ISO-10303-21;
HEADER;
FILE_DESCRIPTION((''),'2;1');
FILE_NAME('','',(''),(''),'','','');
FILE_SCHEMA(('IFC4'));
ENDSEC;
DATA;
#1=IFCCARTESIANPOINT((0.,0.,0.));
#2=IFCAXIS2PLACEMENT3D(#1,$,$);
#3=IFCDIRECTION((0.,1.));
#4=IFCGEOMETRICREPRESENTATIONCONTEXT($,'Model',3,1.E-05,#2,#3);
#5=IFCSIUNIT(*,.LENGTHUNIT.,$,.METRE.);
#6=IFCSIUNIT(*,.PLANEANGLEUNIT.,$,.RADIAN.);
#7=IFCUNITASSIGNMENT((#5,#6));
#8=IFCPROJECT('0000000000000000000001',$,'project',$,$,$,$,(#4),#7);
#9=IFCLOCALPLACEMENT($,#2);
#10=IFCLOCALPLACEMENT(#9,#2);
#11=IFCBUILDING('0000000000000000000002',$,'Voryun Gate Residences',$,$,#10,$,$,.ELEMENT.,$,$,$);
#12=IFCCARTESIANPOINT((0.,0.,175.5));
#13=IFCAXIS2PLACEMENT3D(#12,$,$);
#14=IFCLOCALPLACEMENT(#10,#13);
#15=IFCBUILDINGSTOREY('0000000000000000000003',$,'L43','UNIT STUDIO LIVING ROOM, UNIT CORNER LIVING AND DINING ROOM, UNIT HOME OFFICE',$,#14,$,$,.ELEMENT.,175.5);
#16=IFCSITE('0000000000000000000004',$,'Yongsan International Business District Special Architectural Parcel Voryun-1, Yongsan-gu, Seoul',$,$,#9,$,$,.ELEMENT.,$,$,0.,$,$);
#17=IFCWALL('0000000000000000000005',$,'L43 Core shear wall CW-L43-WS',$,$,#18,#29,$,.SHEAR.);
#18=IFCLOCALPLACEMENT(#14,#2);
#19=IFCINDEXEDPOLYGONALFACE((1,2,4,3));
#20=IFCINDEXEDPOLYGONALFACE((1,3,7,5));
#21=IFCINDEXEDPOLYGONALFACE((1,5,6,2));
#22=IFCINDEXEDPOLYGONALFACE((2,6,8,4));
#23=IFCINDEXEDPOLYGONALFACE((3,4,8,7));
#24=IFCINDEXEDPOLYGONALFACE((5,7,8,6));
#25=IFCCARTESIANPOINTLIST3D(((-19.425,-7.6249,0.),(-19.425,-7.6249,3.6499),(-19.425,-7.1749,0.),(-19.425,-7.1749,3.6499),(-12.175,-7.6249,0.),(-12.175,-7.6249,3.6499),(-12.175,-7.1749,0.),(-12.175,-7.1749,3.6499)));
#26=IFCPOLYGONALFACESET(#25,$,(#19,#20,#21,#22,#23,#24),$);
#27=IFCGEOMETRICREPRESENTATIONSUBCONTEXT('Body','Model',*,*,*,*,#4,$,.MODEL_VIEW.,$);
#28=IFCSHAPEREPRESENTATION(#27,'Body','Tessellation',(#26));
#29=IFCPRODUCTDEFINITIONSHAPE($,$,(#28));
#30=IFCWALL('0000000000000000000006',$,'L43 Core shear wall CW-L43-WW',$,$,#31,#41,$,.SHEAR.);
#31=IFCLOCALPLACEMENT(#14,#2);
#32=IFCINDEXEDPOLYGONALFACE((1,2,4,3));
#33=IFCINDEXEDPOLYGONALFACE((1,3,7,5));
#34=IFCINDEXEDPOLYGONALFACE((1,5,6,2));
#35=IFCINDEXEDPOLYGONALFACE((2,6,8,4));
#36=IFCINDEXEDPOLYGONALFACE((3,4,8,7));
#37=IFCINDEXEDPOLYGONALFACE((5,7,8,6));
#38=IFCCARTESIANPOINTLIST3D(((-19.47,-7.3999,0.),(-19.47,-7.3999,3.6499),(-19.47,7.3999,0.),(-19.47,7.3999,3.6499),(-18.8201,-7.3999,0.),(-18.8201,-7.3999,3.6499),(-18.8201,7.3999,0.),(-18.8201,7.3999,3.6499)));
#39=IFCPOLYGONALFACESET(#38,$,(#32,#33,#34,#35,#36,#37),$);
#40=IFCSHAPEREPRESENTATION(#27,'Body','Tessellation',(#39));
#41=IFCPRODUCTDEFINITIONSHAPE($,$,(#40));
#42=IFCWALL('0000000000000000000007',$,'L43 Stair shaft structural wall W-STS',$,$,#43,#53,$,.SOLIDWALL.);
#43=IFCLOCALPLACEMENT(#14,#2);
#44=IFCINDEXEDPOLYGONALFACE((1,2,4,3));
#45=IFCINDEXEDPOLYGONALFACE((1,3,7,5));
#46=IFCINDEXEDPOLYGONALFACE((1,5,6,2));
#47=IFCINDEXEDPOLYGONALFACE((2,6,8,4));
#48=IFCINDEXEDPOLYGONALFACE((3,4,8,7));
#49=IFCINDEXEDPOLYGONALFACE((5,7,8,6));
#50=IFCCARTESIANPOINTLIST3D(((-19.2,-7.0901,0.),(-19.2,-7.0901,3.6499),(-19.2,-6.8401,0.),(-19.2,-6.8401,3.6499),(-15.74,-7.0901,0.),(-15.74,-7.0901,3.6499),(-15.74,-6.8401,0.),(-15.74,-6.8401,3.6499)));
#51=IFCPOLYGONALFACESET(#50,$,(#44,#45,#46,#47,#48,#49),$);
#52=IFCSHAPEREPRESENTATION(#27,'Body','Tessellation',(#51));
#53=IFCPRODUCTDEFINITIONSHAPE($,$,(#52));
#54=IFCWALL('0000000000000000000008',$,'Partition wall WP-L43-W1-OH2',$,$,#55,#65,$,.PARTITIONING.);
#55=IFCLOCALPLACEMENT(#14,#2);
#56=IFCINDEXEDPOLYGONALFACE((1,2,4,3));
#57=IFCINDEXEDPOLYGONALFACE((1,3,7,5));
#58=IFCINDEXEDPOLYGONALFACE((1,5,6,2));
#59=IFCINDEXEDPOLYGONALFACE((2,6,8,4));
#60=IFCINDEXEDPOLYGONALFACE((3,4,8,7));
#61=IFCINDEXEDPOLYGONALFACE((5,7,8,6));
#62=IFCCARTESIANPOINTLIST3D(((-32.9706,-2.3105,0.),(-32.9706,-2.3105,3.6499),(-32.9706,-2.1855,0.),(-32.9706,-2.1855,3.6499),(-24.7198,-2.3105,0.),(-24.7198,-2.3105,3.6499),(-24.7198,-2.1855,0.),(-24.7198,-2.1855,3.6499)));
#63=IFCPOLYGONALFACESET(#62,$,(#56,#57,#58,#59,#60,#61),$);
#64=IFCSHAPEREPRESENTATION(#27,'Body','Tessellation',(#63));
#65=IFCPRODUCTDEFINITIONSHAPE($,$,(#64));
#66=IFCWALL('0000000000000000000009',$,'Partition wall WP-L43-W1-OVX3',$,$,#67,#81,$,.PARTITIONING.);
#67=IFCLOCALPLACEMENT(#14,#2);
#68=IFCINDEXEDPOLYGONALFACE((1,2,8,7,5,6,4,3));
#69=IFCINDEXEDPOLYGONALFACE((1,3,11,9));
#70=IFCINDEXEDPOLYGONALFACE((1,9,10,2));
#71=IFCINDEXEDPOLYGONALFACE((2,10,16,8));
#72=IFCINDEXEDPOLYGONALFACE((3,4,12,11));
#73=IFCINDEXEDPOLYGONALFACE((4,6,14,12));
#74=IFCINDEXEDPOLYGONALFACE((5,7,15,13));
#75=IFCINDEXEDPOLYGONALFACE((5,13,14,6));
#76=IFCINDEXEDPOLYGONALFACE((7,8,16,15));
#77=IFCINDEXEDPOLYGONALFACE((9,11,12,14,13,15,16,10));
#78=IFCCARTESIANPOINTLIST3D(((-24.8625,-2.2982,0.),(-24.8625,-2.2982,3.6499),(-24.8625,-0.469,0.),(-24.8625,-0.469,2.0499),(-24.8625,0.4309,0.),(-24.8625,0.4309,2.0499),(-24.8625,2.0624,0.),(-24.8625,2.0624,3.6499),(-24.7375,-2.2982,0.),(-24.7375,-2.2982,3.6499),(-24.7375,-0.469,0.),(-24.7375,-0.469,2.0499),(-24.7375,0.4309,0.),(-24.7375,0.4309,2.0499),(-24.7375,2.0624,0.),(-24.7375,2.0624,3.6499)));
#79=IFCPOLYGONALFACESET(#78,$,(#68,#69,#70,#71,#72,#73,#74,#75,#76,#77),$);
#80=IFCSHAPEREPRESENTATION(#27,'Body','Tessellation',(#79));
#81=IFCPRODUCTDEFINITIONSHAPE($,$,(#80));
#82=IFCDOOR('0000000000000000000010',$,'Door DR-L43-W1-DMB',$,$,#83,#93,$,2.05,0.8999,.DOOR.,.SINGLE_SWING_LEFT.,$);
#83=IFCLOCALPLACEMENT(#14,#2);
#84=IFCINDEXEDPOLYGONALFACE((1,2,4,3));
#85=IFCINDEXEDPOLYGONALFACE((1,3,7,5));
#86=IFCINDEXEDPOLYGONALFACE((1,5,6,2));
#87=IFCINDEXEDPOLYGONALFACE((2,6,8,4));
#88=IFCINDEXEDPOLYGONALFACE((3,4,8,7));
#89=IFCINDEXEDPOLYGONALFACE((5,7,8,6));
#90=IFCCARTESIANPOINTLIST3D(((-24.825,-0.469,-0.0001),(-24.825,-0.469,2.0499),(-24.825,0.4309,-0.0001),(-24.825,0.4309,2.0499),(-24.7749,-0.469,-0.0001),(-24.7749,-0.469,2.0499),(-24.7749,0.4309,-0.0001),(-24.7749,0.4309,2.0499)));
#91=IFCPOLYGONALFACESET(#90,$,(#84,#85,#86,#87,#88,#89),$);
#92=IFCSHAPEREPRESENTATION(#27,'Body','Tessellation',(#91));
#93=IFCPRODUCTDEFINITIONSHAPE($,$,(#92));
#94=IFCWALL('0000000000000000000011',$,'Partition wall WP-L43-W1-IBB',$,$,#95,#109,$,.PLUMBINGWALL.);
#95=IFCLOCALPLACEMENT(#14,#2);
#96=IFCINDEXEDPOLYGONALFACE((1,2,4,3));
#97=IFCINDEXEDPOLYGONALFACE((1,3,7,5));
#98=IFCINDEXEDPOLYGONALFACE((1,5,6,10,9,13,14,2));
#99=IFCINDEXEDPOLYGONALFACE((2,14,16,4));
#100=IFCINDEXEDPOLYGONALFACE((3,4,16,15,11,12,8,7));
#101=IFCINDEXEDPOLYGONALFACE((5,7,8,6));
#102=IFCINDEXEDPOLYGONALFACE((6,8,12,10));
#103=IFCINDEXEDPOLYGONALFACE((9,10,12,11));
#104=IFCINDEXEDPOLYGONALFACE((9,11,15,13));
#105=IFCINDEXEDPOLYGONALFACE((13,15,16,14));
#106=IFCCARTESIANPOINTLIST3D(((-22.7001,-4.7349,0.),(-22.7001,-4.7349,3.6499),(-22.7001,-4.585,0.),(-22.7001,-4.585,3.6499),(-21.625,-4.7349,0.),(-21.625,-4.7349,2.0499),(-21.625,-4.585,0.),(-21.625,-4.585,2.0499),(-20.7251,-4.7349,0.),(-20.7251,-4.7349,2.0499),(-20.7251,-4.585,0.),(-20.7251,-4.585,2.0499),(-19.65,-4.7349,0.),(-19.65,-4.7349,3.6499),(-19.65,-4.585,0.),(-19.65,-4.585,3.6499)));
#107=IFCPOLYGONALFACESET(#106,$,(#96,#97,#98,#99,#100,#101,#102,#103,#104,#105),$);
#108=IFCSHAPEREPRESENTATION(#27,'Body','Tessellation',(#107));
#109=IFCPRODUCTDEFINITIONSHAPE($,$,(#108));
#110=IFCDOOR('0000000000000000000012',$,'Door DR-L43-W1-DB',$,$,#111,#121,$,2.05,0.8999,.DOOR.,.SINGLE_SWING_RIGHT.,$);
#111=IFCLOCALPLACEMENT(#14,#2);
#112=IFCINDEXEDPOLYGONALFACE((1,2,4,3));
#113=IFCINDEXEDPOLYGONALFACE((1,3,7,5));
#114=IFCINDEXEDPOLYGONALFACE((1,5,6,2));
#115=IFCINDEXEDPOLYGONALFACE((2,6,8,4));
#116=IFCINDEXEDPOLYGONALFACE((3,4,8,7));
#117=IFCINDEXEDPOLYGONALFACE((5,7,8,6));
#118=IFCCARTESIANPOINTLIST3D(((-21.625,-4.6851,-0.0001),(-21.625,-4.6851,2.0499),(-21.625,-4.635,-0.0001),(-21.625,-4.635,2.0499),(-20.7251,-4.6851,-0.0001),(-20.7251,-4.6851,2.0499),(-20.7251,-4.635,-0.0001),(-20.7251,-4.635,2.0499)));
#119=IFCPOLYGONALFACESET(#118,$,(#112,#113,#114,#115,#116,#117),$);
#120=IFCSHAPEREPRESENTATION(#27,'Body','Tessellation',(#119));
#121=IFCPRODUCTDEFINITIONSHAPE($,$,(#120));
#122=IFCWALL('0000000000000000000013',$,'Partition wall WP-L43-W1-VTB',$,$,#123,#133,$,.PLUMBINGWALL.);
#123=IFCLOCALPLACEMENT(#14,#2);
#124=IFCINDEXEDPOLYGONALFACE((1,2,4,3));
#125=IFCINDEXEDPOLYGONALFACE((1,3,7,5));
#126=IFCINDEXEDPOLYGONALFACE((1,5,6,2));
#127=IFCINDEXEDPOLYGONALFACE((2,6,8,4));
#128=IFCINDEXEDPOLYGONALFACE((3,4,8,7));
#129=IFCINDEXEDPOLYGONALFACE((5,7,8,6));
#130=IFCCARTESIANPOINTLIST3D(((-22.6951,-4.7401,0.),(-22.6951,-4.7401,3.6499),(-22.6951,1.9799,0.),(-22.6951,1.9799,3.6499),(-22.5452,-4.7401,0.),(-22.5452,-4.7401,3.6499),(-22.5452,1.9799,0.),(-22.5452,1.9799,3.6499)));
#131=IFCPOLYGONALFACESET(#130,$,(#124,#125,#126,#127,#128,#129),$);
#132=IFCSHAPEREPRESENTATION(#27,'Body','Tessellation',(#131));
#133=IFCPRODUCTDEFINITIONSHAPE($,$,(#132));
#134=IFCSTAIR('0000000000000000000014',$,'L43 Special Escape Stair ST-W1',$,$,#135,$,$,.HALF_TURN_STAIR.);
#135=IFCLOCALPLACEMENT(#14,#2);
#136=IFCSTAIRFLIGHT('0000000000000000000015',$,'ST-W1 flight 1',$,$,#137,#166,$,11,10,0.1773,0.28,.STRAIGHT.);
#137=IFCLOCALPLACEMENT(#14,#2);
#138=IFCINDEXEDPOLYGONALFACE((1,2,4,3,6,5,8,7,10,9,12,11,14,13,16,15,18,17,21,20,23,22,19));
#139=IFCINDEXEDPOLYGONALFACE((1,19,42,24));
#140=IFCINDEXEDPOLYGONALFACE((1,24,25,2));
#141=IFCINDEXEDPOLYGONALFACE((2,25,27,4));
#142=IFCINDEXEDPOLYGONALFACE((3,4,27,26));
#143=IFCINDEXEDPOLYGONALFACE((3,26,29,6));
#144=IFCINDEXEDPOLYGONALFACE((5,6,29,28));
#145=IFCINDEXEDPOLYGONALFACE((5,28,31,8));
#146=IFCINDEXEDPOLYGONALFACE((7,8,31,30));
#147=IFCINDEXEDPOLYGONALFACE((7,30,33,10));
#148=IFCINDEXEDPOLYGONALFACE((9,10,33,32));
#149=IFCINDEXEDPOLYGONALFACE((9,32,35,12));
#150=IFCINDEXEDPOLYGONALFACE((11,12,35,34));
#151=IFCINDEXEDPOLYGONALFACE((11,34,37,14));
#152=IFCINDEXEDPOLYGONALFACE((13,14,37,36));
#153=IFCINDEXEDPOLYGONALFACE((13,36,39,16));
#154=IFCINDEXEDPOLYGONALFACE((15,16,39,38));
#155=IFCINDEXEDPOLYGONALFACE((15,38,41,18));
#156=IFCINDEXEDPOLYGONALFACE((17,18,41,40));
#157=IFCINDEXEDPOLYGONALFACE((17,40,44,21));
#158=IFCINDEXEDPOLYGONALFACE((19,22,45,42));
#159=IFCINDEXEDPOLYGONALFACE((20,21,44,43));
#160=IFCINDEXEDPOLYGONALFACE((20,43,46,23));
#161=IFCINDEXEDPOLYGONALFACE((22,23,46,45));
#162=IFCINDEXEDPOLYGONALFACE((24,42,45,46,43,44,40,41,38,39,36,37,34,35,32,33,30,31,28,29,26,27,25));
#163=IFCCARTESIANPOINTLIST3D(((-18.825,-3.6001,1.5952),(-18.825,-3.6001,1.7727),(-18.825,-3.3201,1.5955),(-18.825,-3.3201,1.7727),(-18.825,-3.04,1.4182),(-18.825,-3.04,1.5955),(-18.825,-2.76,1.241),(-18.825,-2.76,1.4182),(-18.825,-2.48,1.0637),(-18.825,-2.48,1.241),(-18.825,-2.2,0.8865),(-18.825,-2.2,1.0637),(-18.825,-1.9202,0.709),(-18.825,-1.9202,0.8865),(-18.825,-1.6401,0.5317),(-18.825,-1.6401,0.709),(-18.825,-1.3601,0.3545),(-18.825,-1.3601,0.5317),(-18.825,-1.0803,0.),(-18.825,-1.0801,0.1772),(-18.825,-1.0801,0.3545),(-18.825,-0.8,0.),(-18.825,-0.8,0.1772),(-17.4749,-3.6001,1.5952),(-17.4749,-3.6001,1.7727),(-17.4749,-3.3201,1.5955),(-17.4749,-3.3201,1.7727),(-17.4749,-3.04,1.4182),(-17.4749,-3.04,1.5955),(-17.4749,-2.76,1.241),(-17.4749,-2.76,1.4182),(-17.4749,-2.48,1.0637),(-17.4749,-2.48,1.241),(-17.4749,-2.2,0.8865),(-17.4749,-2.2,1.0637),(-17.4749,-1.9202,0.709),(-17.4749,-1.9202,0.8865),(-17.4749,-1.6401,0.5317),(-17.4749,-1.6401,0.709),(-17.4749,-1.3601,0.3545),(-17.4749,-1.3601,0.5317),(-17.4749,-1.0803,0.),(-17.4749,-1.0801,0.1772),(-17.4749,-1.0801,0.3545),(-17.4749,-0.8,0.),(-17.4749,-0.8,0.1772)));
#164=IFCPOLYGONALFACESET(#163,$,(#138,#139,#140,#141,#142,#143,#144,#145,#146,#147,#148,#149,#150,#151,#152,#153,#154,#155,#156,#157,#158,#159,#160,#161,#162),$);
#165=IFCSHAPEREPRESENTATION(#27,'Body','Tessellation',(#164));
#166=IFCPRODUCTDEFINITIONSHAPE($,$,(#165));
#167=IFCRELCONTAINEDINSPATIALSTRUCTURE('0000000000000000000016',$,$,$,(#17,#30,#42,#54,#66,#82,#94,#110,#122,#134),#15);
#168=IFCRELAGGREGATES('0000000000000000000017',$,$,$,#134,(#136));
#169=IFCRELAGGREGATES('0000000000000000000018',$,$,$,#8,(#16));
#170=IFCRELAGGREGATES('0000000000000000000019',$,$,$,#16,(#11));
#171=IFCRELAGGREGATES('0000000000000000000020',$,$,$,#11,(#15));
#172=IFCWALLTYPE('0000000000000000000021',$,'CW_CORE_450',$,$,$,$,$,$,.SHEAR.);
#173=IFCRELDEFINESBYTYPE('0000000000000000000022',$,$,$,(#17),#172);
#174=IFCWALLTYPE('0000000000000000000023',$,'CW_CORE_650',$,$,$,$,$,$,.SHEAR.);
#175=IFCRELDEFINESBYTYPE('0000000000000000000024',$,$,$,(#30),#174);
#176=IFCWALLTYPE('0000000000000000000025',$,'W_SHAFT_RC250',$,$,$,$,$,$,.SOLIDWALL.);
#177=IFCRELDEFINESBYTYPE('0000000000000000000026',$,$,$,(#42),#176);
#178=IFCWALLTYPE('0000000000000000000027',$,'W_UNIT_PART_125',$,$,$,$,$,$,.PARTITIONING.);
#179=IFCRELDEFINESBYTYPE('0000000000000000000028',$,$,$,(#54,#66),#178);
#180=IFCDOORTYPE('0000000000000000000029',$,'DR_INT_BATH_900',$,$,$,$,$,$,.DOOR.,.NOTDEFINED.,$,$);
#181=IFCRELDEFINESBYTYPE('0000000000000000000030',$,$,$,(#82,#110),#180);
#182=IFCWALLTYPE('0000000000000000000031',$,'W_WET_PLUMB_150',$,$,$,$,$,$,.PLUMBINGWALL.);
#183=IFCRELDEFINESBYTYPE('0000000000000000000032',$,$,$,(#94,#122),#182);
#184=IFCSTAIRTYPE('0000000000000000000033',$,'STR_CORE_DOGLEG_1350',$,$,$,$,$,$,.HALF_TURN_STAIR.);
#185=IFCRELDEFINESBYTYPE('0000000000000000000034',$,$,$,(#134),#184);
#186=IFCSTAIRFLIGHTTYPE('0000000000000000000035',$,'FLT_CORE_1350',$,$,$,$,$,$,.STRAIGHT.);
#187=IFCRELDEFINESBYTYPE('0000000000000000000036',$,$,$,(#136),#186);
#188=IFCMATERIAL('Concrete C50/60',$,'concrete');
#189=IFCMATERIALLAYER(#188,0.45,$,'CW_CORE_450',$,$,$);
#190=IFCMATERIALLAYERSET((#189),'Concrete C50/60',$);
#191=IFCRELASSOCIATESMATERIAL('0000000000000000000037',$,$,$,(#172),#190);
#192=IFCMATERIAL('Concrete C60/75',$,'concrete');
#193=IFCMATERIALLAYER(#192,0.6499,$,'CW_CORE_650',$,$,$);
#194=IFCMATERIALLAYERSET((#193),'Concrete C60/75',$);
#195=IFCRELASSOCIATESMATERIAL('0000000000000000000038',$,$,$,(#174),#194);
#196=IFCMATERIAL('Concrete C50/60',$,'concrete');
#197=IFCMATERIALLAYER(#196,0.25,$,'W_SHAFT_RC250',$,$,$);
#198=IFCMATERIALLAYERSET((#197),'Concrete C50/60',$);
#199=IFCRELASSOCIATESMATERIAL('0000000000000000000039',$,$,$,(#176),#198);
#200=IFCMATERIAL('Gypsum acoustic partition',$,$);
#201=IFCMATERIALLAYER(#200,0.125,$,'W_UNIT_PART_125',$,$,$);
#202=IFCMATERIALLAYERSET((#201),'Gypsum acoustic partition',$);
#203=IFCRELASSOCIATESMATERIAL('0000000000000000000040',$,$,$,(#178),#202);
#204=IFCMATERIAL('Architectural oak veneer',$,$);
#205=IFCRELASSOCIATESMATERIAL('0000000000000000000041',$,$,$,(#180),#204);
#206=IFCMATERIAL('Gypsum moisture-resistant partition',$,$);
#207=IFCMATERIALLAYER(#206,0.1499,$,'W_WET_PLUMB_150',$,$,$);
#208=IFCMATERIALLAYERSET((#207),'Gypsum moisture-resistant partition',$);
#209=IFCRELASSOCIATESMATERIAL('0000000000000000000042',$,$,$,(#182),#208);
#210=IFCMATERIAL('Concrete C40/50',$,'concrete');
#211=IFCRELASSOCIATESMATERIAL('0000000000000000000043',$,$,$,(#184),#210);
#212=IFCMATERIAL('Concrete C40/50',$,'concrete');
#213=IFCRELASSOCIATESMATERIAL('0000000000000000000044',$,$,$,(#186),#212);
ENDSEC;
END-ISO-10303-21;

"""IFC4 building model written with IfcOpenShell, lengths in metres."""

from ifc_helpers import new_model, si_unit, direction, frame, frame_2d, origin, place, context, subcontext, project, spatial, polyline, rectangle, outline, extrude, material, layer, layer_set, type_object, element, fill, aggregate, save


model = new_model("IFC4")

# Units and contexts
model_context = context("Model", 3, precision=1e-05, world=origin(), true_north=direction((0.0, 1.0)))
body_context = subcontext(model_context, "Body", "Model", "MODEL_VIEW")
ifc_project = project(units=[si_unit("LENGTHUNIT", "METRE"), si_unit("PLANEANGLEUNIT", "RADIAN")], contexts=[model_context])

# Site, building, storey
site_placement = place(None, origin())
site = spatial("IfcSite", under=ifc_project, at=site_placement, Name="Yongsan International Business District Special Architectural Parcel Voryun-1, Yongsan-gu, Seoul", CompositionType="ELEMENT", RefElevation=0.0)
building_placement = place(site_placement, origin())
building = spatial("IfcBuilding", under=site, at=building_placement, Name="Voryun Gate Residences", CompositionType="ELEMENT")
storey_placement = place(building_placement, frame((0.0, 0.0, 175.5)))
storey = spatial("IfcBuildingStorey", under=building, at=storey_placement, Name="L43", Description="UNIT STUDIO LIVING ROOM, UNIT CORNER LIVING AND DINING ROOM, UNIT HOME OFFICE", CompositionType="ELEMENT", Elevation=175.5)

# Walls
ifc_material_1 = material(Name="Concrete C50/60", Category="concrete")
ifc_layer_1 = layer(ifc_material_1, 0.45, Name="CW_CORE_450")
ifc_layer_set_1 = layer_set([ifc_layer_1], Name="Concrete C50/60")
wall_type_1 = type_object("IfcWallType", Name="CW_CORE_450", PredefinedType="SHEAR", material=ifc_layer_set_1)
wall_1_placement = place(storey_placement, frame((-19.425, -7.3999, 0.0), z_axis=(0.0, 0.0, 1.0), x_axis=(1.0, 0.0, 0.0)))
element("IfcWall", 1, at=wall_1_placement, inside=storey, type_object=wall_type_1, Name="L43 Core shear wall CW-L43-WS", PredefinedType="SHEAR", context=body_context, shape_type="SweptSolid", body=[
    extrude(rectangle(XDim=7.25, YDim=0.45, at=frame_2d((3.625, 0.0))), origin(), (0.0, 0.0, 1.0), 3.6499),
])
ifc_material_2 = material(Name="Concrete C60/75", Category="concrete")
ifc_layer_2 = layer(ifc_material_2, 0.6499, Name="CW_CORE_650")
ifc_layer_set_2 = layer_set([ifc_layer_2], Name="Concrete C60/75")
wall_type_2 = type_object("IfcWallType", Name="CW_CORE_650", PredefinedType="SHEAR", material=ifc_layer_set_2)
wall_2_placement = place(storey_placement, frame((-19.145, -7.3999, 0.0), z_axis=(0.0, 0.0, 1.0), x_axis=(0.0, 1.0, 0.0)))
element("IfcWall", 2, at=wall_2_placement, inside=storey, type_object=wall_type_2, Name="L43 Core shear wall CW-L43-WW", PredefinedType="SHEAR", context=body_context, shape_type="SweptSolid", body=[
    extrude(rectangle(XDim=14.7998, YDim=0.6499, at=frame_2d((7.3999, 0.0))), origin(), (0.0, 0.0, 1.0), 3.6499),
])
ifc_material_3 = material(Name="Concrete C50/60", Category="concrete")
ifc_layer_3 = layer(ifc_material_3, 0.25, Name="W_SHAFT_RC250")
ifc_layer_set_3 = layer_set([ifc_layer_3], Name="Concrete C50/60")
wall_type_3 = type_object("IfcWallType", Name="W_SHAFT_RC250", PredefinedType="SOLIDWALL", material=ifc_layer_set_3)
wall_3_placement = place(storey_placement, frame((-19.2, -6.9651, 0.0), z_axis=(0.0, 0.0, 1.0), x_axis=(1.0, 0.0, 0.0)))
element("IfcWall", 3, at=wall_3_placement, inside=storey, type_object=wall_type_3, Name="L43 Stair shaft structural wall W-STS", PredefinedType="SOLIDWALL", context=body_context, shape_type="SweptSolid", body=[
    extrude(rectangle(XDim=3.46, YDim=0.25, at=frame_2d((1.73, 0.0))), origin(), (0.0, 0.0, 1.0), 3.6499),
])
ifc_material_4 = material(Name="Gypsum acoustic partition")
ifc_layer_4 = layer(ifc_material_4, 0.125, Name="W_UNIT_PART_125")
ifc_layer_set_4 = layer_set([ifc_layer_4], Name="Gypsum acoustic partition")
wall_type_4 = type_object("IfcWallType", Name="W_UNIT_PART_125", PredefinedType="PARTITIONING", material=ifc_layer_set_4)
wall_4_placement = place(storey_placement, frame((-32.9707, -2.248, 0.0), z_axis=(0.0, 0.0, 1.0), x_axis=(1.0, 0.0, 0.0)))
element("IfcWall", 4, at=wall_4_placement, inside=storey, type_object=wall_type_4, Name="Partition wall WP-L43-W1-OH2", PredefinedType="PARTITIONING", context=body_context, shape_type="SweptSolid", body=[
    extrude(rectangle(XDim=8.2507, YDim=0.125, at=frame_2d((4.1255, 0.0))), origin(), (0.0, 0.0, 1.0), 3.6499),
])

# Walls, openings, doors
wall_5_placement = place(storey_placement, frame((-24.8, -2.2981, 0.0), z_axis=(0.0, 0.0, 1.0), x_axis=(0.0, 1.0, 0.0)))
wall_5 = element("IfcWall", 5, at=wall_5_placement, inside=storey, type_object=wall_type_4, Name="Partition wall WP-L43-W1-OVX3", PredefinedType="PARTITIONING", context=body_context, shape_type="SweptSolid", body=[
    extrude(rectangle(XDim=4.3606, YDim=0.125, at=frame_2d((2.1802, 0.0))), origin(), (0.0, 0.0, 1.0), 3.6499),
])
opening_1_placement = place(wall_5_placement, frame((1.8291, 0.0, 0.0)))
opening_1 = element("IfcOpeningElement", 6, at=opening_1_placement, cuts=wall_5, PredefinedType="OPENING", context=body_context, shape_type="SweptSolid", body=[
    extrude(rectangle(XDim=0.8999, YDim=2.05, at=frame_2d((0.45, 1.0249))), frame((0.0, 0.0725, 0.0), z_axis=(0.0, -1.0, 0.0), x_axis=(1.0, 0.0, 0.0)), (0.0, 0.0, 1.0), 0.145),
])
ifc_material_5 = material(Name="Architectural oak veneer")
door_type = type_object("IfcDoorType", Name="DR_INT_BATH_900", OperationType="NOTDEFINED", PredefinedType="DOOR", material=ifc_material_5)
door_1_placement = place(opening_1_placement, origin())
door_1 = element("IfcDoor", 7, at=door_1_placement, inside=storey, type_object=door_type, Name="Door DR-L43-W1-DMB", OperationType="SINGLE_SWING_LEFT", OverallHeight=2.05, OverallWidth=0.8999, PredefinedType="DOOR", context=body_context, shape_type="SweptSolid", body=[
    extrude(rectangle(XDim=0.8999, YDim=2.05, at=frame_2d((0.45, 1.0249))), frame((0.0, 0.0249, 0.0), z_axis=(0.0, -1.0, 0.0), x_axis=(1.0, 0.0, 0.0)), (0.0, 0.0, 1.0), 0.05),
])
fill(opening_1, door_1)
ifc_material_6 = material(Name="Gypsum moisture-resistant partition")
ifc_layer_5 = layer(ifc_material_6, 0.1499, Name="W_WET_PLUMB_150")
ifc_layer_set_5 = layer_set([ifc_layer_5], Name="Gypsum moisture-resistant partition")
wall_type_5 = type_object("IfcWallType", Name="W_WET_PLUMB_150", PredefinedType="PLUMBINGWALL", material=ifc_layer_set_5)
wall_6_placement = place(storey_placement, frame((-22.7, -4.6599, 0.0), z_axis=(0.0, 0.0, 1.0), x_axis=(1.0, 0.0, 0.0)))
wall_6 = element("IfcWall", 8, at=wall_6_placement, inside=storey, type_object=wall_type_5, Name="Partition wall WP-L43-W1-IBB", PredefinedType="PLUMBINGWALL", context=body_context, shape_type="SweptSolid", body=[
    extrude(rectangle(XDim=3.05, YDim=0.1499, at=frame_2d((1.5249, 0.0))), origin(), (0.0, 0.0, 1.0), 3.6499),
])
opening_2_placement = place(wall_6_placement, frame((1.075, 0.0, 0.0)))
opening_2 = element("IfcOpeningElement", 9, at=opening_2_placement, cuts=wall_6, PredefinedType="OPENING", context=body_context, shape_type="SweptSolid", body=[
    extrude(rectangle(XDim=0.8999, YDim=2.05, at=frame_2d((0.45, 1.0249))), frame((0.0, 0.085, 0.0), z_axis=(0.0, -1.0, 0.0), x_axis=(1.0, 0.0, 0.0)), (0.0, 0.0, 1.0), 0.1699),
])
door_2_placement = place(opening_2_placement, origin())
door_2 = element("IfcDoor", 10, at=door_2_placement, inside=storey, type_object=door_type, Name="Door DR-L43-W1-DB", OperationType="SINGLE_SWING_RIGHT", OverallHeight=2.05, OverallWidth=0.8999, PredefinedType="DOOR", context=body_context, shape_type="SweptSolid", body=[
    extrude(rectangle(XDim=0.8999, YDim=2.05, at=frame_2d((0.45, 1.0249))), frame((0.0, 0.0249, 0.0), z_axis=(0.0, -1.0, 0.0), x_axis=(1.0, 0.0, 0.0)), (0.0, 0.0, 1.0), 0.05),
])
fill(opening_2, door_2)

# Wall
wall_7_placement = place(storey_placement, frame((-22.6201, -4.74, 0.0), z_axis=(0.0, 0.0, 1.0), x_axis=(0.0, 1.0, 0.0)))
element("IfcWall", 11, at=wall_7_placement, inside=storey, type_object=wall_type_5, Name="Partition wall WP-L43-W1-VTB", PredefinedType="PLUMBINGWALL", context=body_context, shape_type="SweptSolid", body=[
    extrude(rectangle(XDim=6.72, YDim=0.1499, at=frame_2d((3.3599, 0.0))), origin(), (0.0, 0.0, 1.0), 3.6499),
])

# Stair, stair flight
ifc_material_7 = material(Name="Concrete C40/50", Category="concrete")
stair_type = type_object("IfcStairType", Name="STR_CORE_DOGLEG_1350", PredefinedType="HALF_TURN_STAIR", material=ifc_material_7)
stair_placement = place(storey_placement, origin())
stair = element("IfcStair", 12, at=stair_placement, inside=storey, type_object=stair_type, Name="L43 Special Escape Stair ST-W1", PredefinedType="HALF_TURN_STAIR")
ifc_material_8 = material(Name="Concrete C40/50", Category="concrete")
stair_flight_type = type_object("IfcStairFlightType", Name="FLT_CORE_1350", PredefinedType="STRAIGHT", material=ifc_material_8)
stair_flight_placement = place(storey_placement, frame((-18.1499, -0.8, 0.0), z_axis=(0.0, 0.0, 1.0), x_axis=(0.0, -1.0, 0.0)))
stair_flight = element("IfcStairFlight", 13, at=stair_flight_placement, type_object=stair_flight_type, Name="ST-W1 flight 1", NumberOfRisers=11, NumberOfTreads=10, PredefinedType="STRAIGHT", RiserHeight=0.1773, TreadLength=0.28, context=body_context, shape_type="SweptSolid", body=[
    extrude(outline(polyline([(0.0, 0.0), (0.0, 0.1772), (0.28, 0.1772), (0.28, 0.3545), (0.5601, 0.3545), (0.5601, 0.5317), (0.8401, 0.5317), (0.8401, 0.709), (1.1201, 0.709), (1.1201, 0.8865), (1.3999, 0.8865), (1.3999, 1.0637), (1.6799, 1.0637), (1.6799, 1.241), (1.96, 1.241), (1.96, 1.4182), (2.24, 1.4182), (2.24, 1.5955), (2.52, 1.5955), (2.52, 1.7727), (2.8, 1.7727), (2.8, 1.95), (2.8, 1.5952), (0.2803, 0.0), (0.0, 0.0)])), frame((0.0, 0.675, 0.0), z_axis=(0.0, -1.0, 0.0), x_axis=(1.0, 0.0, 0.0)), (0.0, 0.0, 1.0), 1.3501),
])
aggregate(stair, [stair_flight])

save(model, "model.ifc")
